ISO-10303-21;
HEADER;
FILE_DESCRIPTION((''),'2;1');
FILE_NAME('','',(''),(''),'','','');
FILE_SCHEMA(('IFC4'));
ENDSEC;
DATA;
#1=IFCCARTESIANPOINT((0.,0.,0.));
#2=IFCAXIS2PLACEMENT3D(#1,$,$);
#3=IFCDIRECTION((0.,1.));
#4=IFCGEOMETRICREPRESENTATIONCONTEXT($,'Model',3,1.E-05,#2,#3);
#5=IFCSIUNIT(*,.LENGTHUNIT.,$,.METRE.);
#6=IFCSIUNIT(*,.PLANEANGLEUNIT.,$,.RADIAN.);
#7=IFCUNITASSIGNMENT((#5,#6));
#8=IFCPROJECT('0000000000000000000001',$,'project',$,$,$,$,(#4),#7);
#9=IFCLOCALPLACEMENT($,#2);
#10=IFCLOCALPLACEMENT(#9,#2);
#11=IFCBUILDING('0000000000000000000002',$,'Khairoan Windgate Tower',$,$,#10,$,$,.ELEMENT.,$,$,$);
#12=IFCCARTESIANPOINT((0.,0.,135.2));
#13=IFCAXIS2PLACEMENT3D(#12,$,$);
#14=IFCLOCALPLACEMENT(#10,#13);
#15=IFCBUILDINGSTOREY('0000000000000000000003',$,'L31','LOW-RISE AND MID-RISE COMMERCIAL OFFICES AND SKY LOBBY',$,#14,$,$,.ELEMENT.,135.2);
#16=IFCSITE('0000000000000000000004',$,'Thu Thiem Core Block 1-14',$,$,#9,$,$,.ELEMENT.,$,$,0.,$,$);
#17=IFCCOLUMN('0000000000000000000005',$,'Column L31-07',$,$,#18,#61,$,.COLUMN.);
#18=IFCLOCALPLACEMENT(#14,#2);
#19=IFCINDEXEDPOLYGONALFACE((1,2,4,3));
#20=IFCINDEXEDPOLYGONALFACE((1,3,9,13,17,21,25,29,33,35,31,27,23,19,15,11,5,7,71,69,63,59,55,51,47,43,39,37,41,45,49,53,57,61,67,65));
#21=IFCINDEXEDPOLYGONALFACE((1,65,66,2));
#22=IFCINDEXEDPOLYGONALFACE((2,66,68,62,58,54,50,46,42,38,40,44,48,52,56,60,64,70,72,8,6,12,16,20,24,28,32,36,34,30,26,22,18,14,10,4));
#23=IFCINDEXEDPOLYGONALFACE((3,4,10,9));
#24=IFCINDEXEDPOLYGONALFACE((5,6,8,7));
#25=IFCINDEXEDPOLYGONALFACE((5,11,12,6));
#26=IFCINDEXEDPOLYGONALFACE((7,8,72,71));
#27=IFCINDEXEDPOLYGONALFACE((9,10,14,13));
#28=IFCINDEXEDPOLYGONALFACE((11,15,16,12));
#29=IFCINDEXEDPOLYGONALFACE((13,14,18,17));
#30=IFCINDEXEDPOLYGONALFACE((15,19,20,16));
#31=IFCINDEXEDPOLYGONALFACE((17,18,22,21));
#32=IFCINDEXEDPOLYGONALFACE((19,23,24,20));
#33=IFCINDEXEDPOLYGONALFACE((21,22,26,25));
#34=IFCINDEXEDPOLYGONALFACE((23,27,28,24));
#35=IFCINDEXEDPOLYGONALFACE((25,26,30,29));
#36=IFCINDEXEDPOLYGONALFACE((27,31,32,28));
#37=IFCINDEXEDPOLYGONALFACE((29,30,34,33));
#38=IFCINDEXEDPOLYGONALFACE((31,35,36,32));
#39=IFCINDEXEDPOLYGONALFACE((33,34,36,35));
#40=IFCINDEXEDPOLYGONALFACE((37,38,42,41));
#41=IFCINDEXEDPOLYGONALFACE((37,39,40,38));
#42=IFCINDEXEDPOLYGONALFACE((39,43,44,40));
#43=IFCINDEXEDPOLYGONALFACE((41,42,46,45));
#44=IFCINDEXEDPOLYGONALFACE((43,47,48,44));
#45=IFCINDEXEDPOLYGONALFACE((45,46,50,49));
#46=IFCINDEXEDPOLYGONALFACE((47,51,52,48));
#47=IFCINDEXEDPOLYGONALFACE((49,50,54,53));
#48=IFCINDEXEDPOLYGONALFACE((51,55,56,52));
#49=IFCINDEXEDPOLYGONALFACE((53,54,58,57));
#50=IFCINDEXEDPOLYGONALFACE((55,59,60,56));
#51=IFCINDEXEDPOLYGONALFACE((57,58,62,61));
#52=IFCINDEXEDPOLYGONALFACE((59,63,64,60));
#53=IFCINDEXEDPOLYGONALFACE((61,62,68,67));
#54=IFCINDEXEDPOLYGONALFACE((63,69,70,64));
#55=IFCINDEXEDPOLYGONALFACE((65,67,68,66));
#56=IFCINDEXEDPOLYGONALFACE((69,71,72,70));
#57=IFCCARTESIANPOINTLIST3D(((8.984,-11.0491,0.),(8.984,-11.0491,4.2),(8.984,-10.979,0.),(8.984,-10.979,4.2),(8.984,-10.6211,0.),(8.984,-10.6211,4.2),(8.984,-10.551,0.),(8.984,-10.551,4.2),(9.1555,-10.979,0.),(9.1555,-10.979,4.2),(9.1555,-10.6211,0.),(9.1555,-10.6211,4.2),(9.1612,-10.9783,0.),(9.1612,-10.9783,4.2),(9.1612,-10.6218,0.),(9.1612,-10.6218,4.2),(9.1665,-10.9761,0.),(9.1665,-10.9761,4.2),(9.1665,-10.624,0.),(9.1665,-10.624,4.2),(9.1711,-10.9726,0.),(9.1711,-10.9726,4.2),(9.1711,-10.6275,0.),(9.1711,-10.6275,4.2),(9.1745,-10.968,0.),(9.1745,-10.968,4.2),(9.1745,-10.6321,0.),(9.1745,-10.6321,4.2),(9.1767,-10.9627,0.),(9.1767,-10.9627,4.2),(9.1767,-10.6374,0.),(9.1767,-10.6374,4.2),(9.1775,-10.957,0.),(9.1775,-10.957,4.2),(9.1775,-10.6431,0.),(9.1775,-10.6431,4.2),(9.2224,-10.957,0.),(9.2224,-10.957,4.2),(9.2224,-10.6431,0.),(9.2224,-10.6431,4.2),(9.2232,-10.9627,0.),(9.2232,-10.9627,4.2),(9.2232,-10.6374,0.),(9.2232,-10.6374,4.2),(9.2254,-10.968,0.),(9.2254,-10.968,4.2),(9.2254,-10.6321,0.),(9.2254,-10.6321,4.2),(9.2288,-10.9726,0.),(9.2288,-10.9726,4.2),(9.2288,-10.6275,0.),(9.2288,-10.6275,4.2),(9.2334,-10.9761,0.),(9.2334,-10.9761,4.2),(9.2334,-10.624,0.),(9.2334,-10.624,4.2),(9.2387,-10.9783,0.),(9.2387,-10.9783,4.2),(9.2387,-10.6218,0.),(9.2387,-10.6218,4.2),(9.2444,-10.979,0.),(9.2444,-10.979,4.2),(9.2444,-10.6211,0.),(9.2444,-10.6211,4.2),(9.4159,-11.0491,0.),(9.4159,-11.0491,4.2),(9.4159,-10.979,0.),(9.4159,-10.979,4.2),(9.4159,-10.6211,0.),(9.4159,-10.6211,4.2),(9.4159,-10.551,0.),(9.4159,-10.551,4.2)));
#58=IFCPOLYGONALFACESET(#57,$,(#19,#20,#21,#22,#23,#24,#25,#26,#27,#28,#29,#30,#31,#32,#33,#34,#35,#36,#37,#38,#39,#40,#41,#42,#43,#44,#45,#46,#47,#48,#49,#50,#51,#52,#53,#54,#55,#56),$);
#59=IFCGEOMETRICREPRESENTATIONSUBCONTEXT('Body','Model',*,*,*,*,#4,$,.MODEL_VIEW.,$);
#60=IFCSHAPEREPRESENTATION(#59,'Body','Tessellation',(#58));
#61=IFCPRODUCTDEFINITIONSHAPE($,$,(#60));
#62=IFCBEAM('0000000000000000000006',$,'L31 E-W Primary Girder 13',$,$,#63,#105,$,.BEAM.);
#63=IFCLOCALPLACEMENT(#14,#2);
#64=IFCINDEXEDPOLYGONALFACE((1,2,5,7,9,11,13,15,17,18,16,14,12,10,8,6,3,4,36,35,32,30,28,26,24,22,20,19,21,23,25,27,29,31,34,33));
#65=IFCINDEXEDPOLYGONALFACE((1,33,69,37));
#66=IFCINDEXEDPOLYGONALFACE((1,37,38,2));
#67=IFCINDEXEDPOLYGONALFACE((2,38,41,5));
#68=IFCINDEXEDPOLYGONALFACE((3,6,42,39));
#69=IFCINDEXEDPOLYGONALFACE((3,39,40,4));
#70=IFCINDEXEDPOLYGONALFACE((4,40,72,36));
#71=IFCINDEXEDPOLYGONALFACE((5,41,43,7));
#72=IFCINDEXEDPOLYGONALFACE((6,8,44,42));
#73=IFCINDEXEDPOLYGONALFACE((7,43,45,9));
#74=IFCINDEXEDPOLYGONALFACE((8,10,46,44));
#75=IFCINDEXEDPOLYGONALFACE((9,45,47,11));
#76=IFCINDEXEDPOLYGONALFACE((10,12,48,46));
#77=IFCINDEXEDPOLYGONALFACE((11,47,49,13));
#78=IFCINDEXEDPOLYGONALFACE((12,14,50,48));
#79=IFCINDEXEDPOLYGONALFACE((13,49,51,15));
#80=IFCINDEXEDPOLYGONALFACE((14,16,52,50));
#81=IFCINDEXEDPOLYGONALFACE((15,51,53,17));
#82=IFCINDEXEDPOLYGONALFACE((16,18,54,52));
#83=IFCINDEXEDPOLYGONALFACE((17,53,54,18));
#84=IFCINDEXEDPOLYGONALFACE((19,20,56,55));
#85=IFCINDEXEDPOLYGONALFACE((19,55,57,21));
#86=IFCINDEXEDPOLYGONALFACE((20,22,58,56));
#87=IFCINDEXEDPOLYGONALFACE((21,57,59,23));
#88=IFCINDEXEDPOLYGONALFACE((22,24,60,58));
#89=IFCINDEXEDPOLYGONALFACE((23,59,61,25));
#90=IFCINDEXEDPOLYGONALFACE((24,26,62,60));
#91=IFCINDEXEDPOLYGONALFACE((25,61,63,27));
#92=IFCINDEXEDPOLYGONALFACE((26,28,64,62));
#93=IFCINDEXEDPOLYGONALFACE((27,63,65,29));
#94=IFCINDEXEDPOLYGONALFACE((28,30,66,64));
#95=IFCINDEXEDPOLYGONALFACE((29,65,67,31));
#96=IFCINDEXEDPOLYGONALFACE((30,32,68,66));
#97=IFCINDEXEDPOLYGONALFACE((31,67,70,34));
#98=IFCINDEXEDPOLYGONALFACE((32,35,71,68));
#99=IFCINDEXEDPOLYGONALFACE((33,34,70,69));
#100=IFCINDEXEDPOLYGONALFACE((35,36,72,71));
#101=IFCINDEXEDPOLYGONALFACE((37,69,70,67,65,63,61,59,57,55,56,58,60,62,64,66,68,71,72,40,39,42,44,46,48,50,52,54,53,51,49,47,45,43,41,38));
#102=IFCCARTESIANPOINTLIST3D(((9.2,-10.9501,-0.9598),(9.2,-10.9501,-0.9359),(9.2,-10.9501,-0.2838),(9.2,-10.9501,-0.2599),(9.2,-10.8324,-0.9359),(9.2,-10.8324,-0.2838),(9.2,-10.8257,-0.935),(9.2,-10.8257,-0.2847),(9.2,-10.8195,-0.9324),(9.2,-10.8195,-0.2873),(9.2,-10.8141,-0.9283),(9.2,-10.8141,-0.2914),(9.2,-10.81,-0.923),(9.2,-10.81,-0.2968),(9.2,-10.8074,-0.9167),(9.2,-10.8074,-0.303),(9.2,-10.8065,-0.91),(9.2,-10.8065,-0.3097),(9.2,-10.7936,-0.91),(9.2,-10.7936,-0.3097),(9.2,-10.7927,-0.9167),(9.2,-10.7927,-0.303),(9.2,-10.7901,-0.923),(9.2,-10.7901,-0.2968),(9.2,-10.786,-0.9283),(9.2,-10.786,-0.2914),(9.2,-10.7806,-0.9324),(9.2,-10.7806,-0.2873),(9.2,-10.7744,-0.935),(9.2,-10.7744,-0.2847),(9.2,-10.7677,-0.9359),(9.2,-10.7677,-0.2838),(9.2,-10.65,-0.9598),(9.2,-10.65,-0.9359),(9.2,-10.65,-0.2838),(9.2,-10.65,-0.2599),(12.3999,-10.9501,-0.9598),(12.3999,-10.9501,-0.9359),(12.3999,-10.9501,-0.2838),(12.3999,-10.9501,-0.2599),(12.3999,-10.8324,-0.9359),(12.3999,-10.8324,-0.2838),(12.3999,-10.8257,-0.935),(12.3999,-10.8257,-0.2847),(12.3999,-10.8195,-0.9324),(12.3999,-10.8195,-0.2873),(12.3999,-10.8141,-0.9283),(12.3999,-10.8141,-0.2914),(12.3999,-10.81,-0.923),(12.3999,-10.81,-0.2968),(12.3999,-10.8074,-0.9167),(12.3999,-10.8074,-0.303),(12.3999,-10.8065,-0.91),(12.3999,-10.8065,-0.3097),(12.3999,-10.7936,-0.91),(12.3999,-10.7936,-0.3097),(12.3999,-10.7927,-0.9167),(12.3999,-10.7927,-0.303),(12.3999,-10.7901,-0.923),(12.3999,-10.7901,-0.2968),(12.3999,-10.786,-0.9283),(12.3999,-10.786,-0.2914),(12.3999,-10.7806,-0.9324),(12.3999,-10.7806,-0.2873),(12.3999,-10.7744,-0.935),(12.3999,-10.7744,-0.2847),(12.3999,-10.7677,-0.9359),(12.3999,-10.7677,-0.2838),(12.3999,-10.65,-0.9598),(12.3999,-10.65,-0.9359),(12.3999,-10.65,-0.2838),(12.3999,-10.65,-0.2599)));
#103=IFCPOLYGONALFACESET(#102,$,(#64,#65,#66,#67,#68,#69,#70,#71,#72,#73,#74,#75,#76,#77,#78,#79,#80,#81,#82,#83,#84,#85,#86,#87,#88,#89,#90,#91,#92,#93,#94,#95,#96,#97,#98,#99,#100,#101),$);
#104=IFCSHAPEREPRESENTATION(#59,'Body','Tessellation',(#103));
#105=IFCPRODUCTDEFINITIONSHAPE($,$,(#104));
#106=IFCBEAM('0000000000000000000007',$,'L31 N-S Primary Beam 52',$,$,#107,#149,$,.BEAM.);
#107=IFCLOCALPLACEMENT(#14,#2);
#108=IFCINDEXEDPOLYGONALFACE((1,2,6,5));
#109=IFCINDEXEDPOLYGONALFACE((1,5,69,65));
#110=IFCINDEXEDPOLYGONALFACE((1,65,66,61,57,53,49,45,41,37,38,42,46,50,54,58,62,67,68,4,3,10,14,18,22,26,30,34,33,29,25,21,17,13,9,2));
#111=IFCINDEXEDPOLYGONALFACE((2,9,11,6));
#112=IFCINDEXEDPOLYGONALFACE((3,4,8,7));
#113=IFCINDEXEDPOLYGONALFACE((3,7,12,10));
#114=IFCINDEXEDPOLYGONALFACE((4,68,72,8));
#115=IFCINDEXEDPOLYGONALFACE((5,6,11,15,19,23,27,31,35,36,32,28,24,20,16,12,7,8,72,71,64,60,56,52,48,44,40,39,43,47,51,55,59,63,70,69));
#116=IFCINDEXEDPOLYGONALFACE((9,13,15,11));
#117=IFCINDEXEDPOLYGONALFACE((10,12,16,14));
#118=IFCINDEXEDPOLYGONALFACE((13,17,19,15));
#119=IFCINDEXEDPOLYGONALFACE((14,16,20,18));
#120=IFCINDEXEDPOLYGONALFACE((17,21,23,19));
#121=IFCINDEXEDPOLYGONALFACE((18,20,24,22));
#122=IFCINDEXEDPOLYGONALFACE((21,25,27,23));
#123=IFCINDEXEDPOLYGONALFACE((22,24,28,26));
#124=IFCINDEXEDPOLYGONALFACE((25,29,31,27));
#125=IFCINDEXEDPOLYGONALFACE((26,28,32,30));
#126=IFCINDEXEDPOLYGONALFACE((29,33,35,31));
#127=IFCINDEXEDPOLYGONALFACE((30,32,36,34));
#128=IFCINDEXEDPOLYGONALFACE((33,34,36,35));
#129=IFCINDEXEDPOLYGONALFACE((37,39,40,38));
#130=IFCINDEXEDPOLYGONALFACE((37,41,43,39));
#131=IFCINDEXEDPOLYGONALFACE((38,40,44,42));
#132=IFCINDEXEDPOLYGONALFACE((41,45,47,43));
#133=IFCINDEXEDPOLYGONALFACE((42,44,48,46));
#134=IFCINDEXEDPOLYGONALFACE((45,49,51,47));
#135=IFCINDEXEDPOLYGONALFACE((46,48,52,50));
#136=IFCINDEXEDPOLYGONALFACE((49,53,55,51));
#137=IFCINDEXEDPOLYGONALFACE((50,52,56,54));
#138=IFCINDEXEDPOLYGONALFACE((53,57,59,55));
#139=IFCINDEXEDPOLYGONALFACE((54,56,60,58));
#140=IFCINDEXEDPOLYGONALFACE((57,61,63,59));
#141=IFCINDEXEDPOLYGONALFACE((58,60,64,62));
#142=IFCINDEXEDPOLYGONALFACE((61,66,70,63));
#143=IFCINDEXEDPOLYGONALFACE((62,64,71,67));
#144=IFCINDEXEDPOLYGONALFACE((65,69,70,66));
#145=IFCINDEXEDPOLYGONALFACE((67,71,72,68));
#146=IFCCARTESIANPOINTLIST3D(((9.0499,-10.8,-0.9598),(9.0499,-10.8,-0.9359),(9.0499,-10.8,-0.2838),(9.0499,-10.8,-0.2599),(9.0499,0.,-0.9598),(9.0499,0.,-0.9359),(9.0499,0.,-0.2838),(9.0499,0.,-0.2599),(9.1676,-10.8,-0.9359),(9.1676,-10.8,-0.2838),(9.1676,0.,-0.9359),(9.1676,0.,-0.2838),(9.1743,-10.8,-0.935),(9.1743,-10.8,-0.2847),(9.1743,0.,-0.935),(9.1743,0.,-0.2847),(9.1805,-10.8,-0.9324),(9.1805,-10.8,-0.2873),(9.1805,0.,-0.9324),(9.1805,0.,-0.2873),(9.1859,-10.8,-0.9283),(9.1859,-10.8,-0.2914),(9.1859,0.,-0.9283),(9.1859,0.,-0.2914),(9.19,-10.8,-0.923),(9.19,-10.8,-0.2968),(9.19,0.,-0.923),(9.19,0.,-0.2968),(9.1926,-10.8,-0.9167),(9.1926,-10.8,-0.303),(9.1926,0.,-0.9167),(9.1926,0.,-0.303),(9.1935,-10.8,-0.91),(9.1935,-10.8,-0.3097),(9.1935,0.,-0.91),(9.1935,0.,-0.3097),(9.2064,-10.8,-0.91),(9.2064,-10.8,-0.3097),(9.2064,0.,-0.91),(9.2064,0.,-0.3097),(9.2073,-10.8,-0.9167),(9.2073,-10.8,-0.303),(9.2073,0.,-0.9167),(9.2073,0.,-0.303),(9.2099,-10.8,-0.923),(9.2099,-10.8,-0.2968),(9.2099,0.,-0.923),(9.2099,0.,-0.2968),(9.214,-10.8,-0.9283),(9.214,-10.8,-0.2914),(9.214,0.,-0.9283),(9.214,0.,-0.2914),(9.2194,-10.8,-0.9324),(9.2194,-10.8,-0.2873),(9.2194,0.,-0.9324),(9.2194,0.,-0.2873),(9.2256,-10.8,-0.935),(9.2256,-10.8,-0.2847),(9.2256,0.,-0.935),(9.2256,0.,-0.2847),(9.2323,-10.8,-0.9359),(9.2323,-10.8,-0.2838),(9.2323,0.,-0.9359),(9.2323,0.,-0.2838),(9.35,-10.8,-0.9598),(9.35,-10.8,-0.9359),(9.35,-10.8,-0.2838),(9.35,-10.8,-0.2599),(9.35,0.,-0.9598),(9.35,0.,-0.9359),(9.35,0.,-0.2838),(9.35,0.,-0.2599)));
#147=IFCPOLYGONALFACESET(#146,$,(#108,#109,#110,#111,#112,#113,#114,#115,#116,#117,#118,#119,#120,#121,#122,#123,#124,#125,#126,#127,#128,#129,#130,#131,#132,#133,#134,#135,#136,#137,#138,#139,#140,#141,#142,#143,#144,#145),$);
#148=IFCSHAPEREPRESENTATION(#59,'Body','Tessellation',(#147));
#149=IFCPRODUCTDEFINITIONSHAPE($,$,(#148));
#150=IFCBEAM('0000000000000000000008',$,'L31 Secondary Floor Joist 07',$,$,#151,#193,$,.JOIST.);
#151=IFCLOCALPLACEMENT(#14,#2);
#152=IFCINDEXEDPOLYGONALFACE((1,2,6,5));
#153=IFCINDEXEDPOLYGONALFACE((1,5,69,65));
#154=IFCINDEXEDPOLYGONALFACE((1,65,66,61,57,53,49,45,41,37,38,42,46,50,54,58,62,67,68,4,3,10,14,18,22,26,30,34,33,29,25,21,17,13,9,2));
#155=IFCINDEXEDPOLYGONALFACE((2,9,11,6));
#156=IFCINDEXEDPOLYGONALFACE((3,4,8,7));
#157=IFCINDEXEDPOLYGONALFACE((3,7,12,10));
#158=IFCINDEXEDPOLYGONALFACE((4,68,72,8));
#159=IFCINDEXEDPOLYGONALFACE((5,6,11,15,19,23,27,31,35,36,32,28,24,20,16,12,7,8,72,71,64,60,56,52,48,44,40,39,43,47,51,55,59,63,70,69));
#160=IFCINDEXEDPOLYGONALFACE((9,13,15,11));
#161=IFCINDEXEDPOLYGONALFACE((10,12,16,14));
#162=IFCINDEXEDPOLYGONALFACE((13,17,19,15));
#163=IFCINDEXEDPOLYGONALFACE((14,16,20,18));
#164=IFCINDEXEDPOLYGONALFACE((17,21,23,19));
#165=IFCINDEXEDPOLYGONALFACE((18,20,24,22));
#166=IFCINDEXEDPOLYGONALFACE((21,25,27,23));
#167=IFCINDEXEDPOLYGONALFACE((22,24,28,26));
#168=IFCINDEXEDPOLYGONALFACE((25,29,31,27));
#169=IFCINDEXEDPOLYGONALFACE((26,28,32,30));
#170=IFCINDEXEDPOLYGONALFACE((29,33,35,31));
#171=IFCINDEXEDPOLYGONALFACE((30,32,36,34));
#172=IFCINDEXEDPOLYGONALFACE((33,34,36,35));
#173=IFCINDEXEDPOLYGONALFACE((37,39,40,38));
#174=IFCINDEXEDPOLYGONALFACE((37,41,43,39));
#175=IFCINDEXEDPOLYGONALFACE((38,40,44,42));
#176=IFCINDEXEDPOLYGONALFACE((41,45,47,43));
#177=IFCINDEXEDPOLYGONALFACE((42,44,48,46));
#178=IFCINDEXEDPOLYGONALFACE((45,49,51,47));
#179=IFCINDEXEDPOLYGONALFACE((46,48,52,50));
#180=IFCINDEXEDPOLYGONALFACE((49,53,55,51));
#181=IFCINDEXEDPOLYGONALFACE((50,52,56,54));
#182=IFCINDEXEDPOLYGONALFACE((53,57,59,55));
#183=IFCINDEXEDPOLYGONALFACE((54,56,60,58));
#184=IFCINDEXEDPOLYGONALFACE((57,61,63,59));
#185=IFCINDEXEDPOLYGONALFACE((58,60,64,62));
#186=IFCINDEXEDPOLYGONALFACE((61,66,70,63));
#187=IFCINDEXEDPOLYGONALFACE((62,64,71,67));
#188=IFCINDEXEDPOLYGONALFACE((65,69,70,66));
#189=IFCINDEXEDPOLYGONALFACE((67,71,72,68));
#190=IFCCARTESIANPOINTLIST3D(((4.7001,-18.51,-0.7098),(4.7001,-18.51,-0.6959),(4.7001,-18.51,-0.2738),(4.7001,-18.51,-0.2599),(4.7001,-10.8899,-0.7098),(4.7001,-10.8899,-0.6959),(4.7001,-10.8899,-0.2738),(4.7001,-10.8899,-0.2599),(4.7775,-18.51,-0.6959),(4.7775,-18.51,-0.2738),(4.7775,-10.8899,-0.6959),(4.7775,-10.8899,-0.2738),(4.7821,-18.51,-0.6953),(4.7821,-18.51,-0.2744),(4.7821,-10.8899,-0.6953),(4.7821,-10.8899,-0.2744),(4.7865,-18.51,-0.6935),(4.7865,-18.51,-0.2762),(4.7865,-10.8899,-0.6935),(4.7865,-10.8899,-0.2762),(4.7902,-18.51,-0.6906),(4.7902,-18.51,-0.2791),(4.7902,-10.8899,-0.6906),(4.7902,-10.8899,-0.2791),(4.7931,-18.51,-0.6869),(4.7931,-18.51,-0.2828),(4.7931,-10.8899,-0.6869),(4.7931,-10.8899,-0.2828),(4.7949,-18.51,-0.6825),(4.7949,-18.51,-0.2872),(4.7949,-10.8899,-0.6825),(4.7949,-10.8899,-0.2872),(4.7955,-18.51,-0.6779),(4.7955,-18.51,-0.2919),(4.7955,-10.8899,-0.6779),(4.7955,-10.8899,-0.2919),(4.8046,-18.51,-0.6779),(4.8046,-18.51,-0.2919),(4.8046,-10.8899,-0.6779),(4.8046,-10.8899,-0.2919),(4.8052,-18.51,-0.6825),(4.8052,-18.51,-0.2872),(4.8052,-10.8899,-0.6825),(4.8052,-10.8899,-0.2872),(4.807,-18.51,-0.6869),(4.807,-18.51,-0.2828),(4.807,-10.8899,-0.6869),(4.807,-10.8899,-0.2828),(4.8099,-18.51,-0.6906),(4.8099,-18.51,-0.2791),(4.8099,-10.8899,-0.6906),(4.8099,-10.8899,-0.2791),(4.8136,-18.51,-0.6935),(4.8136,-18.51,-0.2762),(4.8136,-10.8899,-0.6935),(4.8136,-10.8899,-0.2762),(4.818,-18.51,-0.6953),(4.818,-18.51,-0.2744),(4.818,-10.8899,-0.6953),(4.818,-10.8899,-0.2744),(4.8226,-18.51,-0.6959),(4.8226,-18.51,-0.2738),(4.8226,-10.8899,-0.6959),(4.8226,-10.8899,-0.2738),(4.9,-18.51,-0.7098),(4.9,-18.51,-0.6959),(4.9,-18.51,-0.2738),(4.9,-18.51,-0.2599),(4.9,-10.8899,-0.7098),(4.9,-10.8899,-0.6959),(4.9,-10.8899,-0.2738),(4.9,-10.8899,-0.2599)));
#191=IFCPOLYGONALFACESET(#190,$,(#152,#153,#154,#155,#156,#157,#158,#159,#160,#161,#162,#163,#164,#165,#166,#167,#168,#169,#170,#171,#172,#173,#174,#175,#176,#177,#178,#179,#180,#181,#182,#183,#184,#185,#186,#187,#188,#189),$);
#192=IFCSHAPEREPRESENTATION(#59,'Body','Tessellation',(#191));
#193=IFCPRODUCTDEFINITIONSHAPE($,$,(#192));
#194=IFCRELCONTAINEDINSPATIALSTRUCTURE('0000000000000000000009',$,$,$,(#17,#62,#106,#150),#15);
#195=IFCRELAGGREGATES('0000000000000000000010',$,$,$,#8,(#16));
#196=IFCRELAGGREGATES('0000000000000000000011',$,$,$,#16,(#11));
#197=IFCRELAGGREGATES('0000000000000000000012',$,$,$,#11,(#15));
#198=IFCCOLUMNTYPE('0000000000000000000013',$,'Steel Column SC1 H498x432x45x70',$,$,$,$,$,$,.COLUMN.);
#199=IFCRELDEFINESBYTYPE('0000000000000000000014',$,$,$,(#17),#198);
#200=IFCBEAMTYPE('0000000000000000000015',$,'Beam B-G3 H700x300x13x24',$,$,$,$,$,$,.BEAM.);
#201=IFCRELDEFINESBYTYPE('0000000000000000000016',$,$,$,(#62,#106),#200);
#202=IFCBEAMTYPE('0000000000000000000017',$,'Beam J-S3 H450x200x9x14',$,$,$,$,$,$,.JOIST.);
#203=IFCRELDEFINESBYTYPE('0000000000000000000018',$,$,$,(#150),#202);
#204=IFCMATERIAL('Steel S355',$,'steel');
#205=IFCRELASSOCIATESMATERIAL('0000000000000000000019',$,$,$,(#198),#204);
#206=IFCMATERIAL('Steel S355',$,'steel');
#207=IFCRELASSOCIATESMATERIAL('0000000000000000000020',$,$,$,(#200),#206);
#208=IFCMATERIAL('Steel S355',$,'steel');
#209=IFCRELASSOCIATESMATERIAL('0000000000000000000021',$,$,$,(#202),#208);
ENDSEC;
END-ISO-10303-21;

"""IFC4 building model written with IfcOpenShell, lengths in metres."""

from ifc_helpers import new_model, si_unit, direction, frame, origin, origin_2d, place, context, subcontext, project, spatial, i_section, extrude, material, material_profile, profile_set, type_object, element, save


model = new_model("IFC4")

# Units and contexts
model_context = context("Model", 3, precision=1e-05, world=origin(), true_north=direction((0.0, 1.0)))
body_context = subcontext(model_context, "Body", "Model", "MODEL_VIEW")
ifc_project = project(units=[si_unit("LENGTHUNIT", "METRE"), si_unit("PLANEANGLEUNIT", "RADIAN")], contexts=[model_context])

# Site, building, storey
site_placement = place(None, origin())
site = spatial("IfcSite", under=ifc_project, at=site_placement, Name="Thu Thiem Core Block 1-14", CompositionType="ELEMENT", RefElevation=0.0)
building_placement = place(site_placement, origin())
building = spatial("IfcBuilding", under=site, at=building_placement, Name="Khairoan Windgate Tower", CompositionType="ELEMENT")
storey_placement = place(building_placement, frame((0.0, 0.0, 135.2)))
storey = spatial("IfcBuildingStorey", under=building, at=storey_placement, Name="L31", Description="LOW-RISE AND MID-RISE COMMERCIAL OFFICES AND SKY LOBBY", CompositionType="ELEMENT", Elevation=135.2)

# Column
ifc_material_1 = material(Name="Steel S355", Category="steel")
ifc_material_profile_1 = material_profile(ifc_material_1, i_section(OverallWidth=0.4319, OverallDepth=0.498, WebThickness=0.0449, FlangeThickness=0.0701, FilletRadius=0.022, at=origin_2d()))
ifc_profile_set_1 = profile_set([ifc_material_profile_1], Name="Steel S355")
column_type = type_object("IfcColumnType", Name="Steel Column SC1 H498x432x45x70", PredefinedType="COLUMN", material=ifc_profile_set_1)
column_placement = place(storey_placement, frame((9.2, -10.8, 0.0), z_axis=(0.0, 0.0, 1.0), x_axis=(1.0, 0.0, 0.0)))
element("IfcColumn", 1, at=column_placement, inside=storey, type_object=column_type, Name="Column L31-07", PredefinedType="COLUMN", context=body_context, shape_type="SweptSolid", body=[
    extrude(i_section(OverallWidth=0.4319, OverallDepth=0.498, WebThickness=0.0449, FlangeThickness=0.0701, FilletRadius=0.022, at=origin_2d()), origin(), (0.0, 0.0, 1.0), 4.2),
])

# Beams
ifc_material_2 = material(Name="Steel S355", Category="steel")
ifc_material_profile_2 = material_profile(ifc_material_2, i_section(OverallWidth=0.3, OverallDepth=0.7, WebThickness=0.0129, FlangeThickness=0.0239, FilletRadius=0.0259, at=origin_2d()))
ifc_profile_set_2 = profile_set([ifc_material_profile_2], Name="Steel S355")
beam_type_1 = type_object("IfcBeamType", Name="Beam B-G3 H700x300x13x24", PredefinedType="BEAM", material=ifc_profile_set_2)
beam_1_placement = place(storey_placement, frame((9.2, -10.8, -0.6099), z_axis=(1.0, 0.0, 0.0), x_axis=(0.0, 1.0, 0.0)))
element("IfcBeam", 2, at=beam_1_placement, inside=storey, type_object=beam_type_1, Name="L31 E-W Primary Girder 13", PredefinedType="BEAM", context=body_context, shape_type="SweptSolid", body=[
    extrude(i_section(OverallWidth=0.3, OverallDepth=0.7, WebThickness=0.0129, FlangeThickness=0.0239, FilletRadius=0.0259, at=origin_2d()), origin(), (0.0, 0.0, 1.0), 3.2),
])
beam_2_placement = place(storey_placement, frame((9.2, -10.8, -0.6099), z_axis=(0.0, 1.0, 0.0), x_axis=(-1.0, 0.0, 0.0)))
element("IfcBeam", 3, at=beam_2_placement, inside=storey, type_object=beam_type_1, Name="L31 N-S Primary Beam 52", PredefinedType="BEAM", context=body_context, shape_type="SweptSolid", body=[
    extrude(i_section(OverallWidth=0.3, OverallDepth=0.7, WebThickness=0.0129, FlangeThickness=0.0239, FilletRadius=0.0259, at=origin_2d()), origin(), (0.0, 0.0, 1.0), 10.8),
])
ifc_material_3 = material(Name="Steel S355", Category="steel")
ifc_material_profile_3 = material_profile(ifc_material_3, i_section(OverallWidth=0.2, OverallDepth=0.45, WebThickness=0.009, FlangeThickness=0.0139, FilletRadius=0.0181, at=origin_2d()))
ifc_profile_set_3 = profile_set([ifc_material_profile_3], Name="Steel S355")
beam_type_2 = type_object("IfcBeamType", Name="Beam J-S3 H450x200x9x14", PredefinedType="JOIST", material=ifc_profile_set_3)
beam_3_placement = place(storey_placement, frame((4.8, -18.51, -0.4849), z_axis=(0.0, 1.0, 0.0), x_axis=(-1.0, 0.0, 0.0)))
element("IfcBeam", 4, at=beam_3_placement, inside=storey, type_object=beam_type_2, Name="L31 Secondary Floor Joist 07", PredefinedType="JOIST", context=body_context, shape_type="SweptSolid", body=[
    extrude(i_section(OverallWidth=0.2, OverallDepth=0.45, WebThickness=0.009, FlangeThickness=0.0139, FilletRadius=0.0181, at=origin_2d()), origin(), (0.0, 0.0, 1.0), 7.6201),
])

save(model, "model.ifc")
